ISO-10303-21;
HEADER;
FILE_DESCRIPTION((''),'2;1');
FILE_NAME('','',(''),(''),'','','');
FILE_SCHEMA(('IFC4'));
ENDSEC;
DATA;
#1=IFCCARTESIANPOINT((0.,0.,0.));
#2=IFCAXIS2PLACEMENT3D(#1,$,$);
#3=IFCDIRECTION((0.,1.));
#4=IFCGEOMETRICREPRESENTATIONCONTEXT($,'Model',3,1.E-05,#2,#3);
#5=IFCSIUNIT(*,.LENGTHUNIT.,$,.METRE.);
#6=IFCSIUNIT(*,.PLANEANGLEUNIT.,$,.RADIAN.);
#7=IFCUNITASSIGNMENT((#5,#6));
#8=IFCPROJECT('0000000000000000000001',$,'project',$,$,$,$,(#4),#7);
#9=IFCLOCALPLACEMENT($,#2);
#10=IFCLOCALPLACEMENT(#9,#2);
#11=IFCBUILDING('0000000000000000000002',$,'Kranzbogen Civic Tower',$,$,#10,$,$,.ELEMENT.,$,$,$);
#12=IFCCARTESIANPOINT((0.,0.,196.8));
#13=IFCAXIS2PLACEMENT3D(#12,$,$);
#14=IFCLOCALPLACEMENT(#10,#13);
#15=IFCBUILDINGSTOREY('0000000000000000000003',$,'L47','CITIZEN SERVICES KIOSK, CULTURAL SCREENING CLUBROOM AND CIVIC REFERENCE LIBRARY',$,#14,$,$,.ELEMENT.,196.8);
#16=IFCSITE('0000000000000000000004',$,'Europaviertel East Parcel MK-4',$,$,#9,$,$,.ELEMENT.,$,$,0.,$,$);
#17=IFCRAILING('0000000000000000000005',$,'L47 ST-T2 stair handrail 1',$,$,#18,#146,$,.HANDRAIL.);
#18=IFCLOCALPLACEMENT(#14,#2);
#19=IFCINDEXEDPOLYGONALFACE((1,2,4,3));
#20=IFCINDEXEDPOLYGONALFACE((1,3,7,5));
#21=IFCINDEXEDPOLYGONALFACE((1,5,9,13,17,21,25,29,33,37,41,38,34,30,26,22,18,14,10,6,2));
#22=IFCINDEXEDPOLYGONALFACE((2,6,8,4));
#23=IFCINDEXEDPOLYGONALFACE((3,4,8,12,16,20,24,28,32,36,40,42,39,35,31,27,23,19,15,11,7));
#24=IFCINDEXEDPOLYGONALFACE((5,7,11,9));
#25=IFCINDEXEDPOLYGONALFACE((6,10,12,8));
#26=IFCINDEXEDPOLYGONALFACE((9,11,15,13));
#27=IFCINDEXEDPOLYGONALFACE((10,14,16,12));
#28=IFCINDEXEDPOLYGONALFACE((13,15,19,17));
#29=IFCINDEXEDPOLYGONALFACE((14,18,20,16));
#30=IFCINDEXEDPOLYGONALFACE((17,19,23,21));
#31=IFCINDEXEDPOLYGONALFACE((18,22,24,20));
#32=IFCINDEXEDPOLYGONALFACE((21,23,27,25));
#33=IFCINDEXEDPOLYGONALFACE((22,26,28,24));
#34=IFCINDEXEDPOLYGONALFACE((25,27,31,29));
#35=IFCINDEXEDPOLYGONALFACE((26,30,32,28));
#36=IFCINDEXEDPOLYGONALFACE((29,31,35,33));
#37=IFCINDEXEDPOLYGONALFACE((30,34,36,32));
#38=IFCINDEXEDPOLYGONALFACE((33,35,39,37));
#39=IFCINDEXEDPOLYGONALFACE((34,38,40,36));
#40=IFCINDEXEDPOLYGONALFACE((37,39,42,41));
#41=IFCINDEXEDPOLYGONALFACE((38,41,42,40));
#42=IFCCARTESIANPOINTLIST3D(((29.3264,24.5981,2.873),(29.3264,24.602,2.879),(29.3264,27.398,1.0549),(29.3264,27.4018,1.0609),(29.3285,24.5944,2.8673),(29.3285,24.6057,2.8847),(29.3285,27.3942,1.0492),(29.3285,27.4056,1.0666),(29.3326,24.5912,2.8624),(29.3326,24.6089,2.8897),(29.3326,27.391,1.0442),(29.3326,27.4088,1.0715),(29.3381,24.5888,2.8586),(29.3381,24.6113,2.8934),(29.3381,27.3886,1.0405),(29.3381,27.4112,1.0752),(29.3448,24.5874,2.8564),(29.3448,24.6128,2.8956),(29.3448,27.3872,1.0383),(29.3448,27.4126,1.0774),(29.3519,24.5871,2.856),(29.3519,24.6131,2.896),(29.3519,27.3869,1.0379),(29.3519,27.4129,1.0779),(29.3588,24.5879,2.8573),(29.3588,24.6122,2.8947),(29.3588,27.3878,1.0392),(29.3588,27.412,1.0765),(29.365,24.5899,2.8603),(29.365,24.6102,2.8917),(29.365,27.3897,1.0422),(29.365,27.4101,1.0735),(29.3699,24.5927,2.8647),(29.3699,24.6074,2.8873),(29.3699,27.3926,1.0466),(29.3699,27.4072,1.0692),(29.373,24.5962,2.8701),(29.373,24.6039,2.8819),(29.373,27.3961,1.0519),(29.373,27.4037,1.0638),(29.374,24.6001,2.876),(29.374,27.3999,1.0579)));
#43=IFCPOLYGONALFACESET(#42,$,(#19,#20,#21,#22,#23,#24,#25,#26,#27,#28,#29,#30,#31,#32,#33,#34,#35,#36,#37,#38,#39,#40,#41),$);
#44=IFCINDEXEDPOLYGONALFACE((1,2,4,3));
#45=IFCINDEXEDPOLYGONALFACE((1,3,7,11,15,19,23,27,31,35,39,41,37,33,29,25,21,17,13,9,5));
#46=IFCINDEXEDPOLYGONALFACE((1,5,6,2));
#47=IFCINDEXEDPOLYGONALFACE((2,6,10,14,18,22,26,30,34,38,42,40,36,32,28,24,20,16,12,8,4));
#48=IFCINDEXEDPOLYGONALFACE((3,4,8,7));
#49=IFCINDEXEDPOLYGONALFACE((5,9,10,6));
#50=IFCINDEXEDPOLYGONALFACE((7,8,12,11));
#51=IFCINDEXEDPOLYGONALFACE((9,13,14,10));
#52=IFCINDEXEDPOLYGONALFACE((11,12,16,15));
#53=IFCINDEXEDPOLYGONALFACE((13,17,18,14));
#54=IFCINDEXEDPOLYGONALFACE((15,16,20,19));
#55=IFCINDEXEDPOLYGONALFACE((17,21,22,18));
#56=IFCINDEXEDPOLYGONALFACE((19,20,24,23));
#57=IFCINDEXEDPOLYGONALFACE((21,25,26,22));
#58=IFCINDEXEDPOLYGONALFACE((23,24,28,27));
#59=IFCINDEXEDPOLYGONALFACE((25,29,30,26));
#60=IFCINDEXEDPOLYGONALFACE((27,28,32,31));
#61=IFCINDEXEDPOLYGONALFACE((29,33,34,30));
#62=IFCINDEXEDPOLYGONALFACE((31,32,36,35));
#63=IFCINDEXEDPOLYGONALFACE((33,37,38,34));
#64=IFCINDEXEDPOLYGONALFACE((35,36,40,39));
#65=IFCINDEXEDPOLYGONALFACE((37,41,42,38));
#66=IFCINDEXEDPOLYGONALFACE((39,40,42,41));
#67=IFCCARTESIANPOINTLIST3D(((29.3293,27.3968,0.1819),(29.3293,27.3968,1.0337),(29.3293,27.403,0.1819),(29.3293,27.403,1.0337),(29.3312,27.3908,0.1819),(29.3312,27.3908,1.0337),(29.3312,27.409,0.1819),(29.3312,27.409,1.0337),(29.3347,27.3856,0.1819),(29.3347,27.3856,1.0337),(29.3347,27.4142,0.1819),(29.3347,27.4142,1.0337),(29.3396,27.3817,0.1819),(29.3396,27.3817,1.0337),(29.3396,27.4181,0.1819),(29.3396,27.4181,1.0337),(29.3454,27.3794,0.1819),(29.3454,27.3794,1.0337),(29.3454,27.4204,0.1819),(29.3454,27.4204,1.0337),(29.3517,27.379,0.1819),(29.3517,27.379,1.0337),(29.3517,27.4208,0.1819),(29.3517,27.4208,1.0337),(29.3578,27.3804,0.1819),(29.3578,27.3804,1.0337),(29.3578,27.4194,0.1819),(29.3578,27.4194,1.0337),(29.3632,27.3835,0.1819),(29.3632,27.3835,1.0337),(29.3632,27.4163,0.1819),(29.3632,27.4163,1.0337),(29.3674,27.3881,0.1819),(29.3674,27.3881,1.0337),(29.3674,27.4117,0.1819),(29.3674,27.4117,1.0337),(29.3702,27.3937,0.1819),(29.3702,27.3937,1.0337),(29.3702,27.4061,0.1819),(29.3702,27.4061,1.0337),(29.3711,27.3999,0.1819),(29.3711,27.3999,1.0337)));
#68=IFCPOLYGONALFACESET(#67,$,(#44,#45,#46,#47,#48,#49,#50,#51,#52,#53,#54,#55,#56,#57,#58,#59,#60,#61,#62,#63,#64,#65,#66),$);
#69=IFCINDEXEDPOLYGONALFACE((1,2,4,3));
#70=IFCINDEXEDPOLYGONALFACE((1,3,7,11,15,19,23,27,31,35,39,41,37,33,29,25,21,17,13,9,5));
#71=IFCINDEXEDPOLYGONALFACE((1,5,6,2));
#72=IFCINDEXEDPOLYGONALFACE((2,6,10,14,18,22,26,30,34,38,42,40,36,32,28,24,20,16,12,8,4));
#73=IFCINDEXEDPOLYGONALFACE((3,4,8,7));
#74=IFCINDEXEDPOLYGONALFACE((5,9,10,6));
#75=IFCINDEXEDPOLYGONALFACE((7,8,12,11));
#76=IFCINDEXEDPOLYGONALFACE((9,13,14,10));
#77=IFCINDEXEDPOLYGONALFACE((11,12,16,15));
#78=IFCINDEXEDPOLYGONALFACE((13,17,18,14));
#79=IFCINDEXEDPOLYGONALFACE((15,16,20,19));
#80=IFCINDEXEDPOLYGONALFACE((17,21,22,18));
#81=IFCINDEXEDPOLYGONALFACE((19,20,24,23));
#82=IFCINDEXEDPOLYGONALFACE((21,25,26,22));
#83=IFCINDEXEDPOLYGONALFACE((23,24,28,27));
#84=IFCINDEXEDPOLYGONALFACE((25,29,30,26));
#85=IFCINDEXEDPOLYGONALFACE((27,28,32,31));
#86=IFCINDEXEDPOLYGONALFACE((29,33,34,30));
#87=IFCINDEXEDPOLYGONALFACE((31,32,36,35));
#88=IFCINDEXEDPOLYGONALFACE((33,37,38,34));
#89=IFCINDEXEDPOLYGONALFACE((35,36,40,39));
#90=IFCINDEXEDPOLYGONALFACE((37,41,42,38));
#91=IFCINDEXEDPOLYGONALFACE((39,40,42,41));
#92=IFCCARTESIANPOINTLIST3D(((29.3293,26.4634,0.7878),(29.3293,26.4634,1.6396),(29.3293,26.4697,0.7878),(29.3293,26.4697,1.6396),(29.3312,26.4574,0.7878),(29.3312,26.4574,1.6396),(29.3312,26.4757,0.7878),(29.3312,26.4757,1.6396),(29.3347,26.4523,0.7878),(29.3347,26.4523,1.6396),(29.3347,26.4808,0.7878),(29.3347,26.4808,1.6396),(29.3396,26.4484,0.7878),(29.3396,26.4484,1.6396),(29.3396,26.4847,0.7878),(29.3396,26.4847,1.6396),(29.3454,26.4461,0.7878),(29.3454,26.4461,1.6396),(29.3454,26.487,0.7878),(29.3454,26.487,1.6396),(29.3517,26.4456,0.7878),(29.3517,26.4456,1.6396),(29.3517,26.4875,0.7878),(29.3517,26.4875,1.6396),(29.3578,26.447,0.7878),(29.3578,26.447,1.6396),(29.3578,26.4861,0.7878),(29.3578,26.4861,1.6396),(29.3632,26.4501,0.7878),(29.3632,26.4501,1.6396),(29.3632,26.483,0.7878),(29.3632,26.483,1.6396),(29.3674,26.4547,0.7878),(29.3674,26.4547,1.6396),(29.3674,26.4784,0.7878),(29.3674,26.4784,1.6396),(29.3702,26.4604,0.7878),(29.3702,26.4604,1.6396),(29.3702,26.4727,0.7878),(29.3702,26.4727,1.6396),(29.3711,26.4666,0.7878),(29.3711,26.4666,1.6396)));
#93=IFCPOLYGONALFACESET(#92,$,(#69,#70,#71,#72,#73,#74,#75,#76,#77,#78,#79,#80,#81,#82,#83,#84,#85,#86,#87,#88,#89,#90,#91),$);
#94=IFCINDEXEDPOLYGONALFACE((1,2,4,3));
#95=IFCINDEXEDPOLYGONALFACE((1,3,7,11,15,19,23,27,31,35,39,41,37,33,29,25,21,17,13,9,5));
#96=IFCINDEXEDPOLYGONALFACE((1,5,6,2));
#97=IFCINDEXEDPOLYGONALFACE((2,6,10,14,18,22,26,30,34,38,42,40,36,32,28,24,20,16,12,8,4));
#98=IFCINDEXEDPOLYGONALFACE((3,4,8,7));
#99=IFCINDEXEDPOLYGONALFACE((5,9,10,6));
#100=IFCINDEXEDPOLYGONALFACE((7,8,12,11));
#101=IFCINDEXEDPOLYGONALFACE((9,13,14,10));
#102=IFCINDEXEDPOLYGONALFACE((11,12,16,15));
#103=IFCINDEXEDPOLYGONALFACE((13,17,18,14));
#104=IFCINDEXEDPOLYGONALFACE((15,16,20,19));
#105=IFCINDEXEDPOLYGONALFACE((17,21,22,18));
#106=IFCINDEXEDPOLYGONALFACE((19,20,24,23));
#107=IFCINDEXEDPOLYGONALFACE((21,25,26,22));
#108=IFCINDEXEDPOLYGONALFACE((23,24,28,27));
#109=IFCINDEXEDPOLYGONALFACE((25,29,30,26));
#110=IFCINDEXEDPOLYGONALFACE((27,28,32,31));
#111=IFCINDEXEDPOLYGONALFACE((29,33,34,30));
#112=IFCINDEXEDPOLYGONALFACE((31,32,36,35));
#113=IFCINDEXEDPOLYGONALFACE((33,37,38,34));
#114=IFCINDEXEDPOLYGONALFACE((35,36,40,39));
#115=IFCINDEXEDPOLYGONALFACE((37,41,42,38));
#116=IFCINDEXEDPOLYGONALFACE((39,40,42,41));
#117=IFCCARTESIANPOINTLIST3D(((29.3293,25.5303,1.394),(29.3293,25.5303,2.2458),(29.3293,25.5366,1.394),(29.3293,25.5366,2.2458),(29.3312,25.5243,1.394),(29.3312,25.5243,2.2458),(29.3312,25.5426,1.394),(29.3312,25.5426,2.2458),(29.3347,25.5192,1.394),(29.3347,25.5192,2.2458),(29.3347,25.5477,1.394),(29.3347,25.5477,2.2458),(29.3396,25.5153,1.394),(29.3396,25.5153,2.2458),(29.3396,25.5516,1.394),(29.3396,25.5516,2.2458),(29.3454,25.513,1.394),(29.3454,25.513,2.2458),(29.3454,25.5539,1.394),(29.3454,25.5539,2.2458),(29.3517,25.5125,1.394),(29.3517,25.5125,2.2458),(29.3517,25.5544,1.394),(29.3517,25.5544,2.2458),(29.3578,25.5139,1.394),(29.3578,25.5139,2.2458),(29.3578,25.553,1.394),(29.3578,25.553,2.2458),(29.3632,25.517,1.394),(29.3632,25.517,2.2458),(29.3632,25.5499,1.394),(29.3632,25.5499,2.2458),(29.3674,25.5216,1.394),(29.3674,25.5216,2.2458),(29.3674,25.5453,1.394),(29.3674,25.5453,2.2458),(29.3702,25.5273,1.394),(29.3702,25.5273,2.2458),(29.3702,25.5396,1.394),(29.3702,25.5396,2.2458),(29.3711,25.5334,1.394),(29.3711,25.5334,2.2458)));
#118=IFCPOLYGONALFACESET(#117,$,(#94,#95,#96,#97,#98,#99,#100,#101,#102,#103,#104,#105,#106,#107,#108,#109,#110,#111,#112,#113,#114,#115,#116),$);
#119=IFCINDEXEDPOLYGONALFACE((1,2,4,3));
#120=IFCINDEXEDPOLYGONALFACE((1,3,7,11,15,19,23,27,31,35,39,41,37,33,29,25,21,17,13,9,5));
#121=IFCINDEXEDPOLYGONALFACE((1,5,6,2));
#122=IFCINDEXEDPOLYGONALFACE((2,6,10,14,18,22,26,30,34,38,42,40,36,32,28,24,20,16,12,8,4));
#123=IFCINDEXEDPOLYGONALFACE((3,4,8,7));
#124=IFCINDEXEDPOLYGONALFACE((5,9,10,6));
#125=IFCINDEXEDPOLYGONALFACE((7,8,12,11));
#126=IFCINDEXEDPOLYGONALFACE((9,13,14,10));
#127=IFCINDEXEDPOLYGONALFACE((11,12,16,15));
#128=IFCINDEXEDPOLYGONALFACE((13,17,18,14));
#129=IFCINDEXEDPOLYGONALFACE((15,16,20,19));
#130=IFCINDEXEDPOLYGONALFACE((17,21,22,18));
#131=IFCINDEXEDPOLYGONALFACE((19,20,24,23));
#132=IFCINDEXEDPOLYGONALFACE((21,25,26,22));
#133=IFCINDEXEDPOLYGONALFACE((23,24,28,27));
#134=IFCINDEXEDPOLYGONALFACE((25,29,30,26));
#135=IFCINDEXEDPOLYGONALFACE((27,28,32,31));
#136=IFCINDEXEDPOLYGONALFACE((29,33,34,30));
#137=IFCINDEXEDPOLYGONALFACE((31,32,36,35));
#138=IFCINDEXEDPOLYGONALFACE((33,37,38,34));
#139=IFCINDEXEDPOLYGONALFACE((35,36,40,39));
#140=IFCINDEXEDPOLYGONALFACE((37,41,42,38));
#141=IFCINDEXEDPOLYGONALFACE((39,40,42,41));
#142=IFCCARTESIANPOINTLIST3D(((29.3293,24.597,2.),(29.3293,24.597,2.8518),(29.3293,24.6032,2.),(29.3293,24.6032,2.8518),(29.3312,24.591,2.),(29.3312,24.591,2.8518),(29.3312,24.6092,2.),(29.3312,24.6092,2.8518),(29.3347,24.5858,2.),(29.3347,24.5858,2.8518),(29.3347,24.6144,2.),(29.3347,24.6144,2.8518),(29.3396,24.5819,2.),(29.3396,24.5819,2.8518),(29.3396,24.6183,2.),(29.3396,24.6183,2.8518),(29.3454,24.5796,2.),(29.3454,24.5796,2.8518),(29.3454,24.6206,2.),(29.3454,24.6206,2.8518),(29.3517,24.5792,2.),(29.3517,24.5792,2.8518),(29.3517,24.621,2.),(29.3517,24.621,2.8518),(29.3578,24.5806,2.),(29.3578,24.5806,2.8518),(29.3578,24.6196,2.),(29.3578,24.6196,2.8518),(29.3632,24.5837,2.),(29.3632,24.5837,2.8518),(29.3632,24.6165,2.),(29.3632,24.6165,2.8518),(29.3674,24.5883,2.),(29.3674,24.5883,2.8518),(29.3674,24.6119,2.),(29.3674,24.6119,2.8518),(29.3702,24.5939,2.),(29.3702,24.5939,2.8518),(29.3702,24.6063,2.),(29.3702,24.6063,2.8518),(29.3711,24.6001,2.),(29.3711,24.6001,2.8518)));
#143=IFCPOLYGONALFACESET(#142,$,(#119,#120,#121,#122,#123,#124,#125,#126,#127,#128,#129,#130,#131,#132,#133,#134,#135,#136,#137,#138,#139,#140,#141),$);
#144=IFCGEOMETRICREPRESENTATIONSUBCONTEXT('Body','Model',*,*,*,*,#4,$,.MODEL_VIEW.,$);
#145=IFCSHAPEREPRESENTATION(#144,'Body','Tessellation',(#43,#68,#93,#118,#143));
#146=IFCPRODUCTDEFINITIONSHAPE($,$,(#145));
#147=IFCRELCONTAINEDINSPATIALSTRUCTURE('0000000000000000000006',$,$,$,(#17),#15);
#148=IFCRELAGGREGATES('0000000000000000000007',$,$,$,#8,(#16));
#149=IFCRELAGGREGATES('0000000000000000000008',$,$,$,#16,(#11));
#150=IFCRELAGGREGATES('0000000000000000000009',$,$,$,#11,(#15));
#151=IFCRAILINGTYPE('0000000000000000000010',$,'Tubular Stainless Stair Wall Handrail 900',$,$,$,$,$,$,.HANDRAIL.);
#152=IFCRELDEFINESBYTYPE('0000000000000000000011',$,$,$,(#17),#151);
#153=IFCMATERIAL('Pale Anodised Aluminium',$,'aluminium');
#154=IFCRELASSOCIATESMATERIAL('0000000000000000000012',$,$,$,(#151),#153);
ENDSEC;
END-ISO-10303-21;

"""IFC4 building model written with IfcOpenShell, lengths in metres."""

from ifc_helpers import new_model, si_unit, direction, frame, origin, origin_2d, place, context, subcontext, project, spatial, circle, extrude, material, type_object, element, save


model = new_model("IFC4")

# Units and contexts
model_context = context("Model", 3, precision=1e-05, world=origin(), true_north=direction((0.0, 1.0)))
body_context = subcontext(model_context, "Body", "Model", "MODEL_VIEW")
ifc_project = project(units=[si_unit("LENGTHUNIT", "METRE"), si_unit("PLANEANGLEUNIT", "RADIAN")], contexts=[model_context])

# Site, building, storey
site_placement = place(None, origin())
site = spatial("IfcSite", under=ifc_project, at=site_placement, Name="Europaviertel East Parcel MK-4", CompositionType="ELEMENT", RefElevation=0.0)
building_placement = place(site_placement, origin())
building = spatial("IfcBuilding", under=site, at=building_placement, Name="Kranzbogen Civic Tower", CompositionType="ELEMENT")
storey_placement = place(building_placement, frame((0.0, 0.0, 196.8)))
storey = spatial("IfcBuildingStorey", under=building, at=storey_placement, Name="L47", Description="CITIZEN SERVICES KIOSK, CULTURAL SCREENING CLUBROOM AND CIVIC REFERENCE LIBRARY", CompositionType="ELEMENT", Elevation=196.8)

# Shared definitions
ifc_material_1 = material(Name="Pale Anodised Aluminium", Category="aluminium")

# Railing
railing_type = type_object("IfcRailingType", Name="Tubular Stainless Stair Wall Handrail 900", PredefinedType="HANDRAIL", material=ifc_material_1)
railing_placement = place(storey_placement, frame((29.3501, 27.3999, 0.1819)))
element("IfcRailing", 1, at=railing_placement, inside=storey, type_object=railing_type, Name="L47 ST-T2 stair handrail 1", PredefinedType="HANDRAIL", context=body_context, shape_type="SweptSolid", body=[
    extrude(circle(Radius=0.0239, at=origin_2d()), frame((0.0, 0.0, 0.876), z_axis=(0.0, -0.838684, 0.544618), x_axis=(1.0, 0.0, 0.0)), (0.0, 0.0, 1.0), 3.3384),
    extrude(circle(Radius=0.021, at=origin_2d()), origin(), (0.0, 0.0, 1.0), 0.8518),
    extrude(circle(Radius=0.021, at=origin_2d()), frame((0.0, -0.9333, 0.606)), (0.0, 0.0, 1.0), 0.8518),
    extrude(circle(Radius=0.021, at=origin_2d()), frame((0.0, -1.8665, 1.2122)), (0.0, 0.0, 1.0), 0.8518),
    extrude(circle(Radius=0.021, at=origin_2d()), frame((0.0, -2.7998, 1.8181)), (0.0, 0.0, 1.0), 0.8518),
])

save(model, "model.ifc")
